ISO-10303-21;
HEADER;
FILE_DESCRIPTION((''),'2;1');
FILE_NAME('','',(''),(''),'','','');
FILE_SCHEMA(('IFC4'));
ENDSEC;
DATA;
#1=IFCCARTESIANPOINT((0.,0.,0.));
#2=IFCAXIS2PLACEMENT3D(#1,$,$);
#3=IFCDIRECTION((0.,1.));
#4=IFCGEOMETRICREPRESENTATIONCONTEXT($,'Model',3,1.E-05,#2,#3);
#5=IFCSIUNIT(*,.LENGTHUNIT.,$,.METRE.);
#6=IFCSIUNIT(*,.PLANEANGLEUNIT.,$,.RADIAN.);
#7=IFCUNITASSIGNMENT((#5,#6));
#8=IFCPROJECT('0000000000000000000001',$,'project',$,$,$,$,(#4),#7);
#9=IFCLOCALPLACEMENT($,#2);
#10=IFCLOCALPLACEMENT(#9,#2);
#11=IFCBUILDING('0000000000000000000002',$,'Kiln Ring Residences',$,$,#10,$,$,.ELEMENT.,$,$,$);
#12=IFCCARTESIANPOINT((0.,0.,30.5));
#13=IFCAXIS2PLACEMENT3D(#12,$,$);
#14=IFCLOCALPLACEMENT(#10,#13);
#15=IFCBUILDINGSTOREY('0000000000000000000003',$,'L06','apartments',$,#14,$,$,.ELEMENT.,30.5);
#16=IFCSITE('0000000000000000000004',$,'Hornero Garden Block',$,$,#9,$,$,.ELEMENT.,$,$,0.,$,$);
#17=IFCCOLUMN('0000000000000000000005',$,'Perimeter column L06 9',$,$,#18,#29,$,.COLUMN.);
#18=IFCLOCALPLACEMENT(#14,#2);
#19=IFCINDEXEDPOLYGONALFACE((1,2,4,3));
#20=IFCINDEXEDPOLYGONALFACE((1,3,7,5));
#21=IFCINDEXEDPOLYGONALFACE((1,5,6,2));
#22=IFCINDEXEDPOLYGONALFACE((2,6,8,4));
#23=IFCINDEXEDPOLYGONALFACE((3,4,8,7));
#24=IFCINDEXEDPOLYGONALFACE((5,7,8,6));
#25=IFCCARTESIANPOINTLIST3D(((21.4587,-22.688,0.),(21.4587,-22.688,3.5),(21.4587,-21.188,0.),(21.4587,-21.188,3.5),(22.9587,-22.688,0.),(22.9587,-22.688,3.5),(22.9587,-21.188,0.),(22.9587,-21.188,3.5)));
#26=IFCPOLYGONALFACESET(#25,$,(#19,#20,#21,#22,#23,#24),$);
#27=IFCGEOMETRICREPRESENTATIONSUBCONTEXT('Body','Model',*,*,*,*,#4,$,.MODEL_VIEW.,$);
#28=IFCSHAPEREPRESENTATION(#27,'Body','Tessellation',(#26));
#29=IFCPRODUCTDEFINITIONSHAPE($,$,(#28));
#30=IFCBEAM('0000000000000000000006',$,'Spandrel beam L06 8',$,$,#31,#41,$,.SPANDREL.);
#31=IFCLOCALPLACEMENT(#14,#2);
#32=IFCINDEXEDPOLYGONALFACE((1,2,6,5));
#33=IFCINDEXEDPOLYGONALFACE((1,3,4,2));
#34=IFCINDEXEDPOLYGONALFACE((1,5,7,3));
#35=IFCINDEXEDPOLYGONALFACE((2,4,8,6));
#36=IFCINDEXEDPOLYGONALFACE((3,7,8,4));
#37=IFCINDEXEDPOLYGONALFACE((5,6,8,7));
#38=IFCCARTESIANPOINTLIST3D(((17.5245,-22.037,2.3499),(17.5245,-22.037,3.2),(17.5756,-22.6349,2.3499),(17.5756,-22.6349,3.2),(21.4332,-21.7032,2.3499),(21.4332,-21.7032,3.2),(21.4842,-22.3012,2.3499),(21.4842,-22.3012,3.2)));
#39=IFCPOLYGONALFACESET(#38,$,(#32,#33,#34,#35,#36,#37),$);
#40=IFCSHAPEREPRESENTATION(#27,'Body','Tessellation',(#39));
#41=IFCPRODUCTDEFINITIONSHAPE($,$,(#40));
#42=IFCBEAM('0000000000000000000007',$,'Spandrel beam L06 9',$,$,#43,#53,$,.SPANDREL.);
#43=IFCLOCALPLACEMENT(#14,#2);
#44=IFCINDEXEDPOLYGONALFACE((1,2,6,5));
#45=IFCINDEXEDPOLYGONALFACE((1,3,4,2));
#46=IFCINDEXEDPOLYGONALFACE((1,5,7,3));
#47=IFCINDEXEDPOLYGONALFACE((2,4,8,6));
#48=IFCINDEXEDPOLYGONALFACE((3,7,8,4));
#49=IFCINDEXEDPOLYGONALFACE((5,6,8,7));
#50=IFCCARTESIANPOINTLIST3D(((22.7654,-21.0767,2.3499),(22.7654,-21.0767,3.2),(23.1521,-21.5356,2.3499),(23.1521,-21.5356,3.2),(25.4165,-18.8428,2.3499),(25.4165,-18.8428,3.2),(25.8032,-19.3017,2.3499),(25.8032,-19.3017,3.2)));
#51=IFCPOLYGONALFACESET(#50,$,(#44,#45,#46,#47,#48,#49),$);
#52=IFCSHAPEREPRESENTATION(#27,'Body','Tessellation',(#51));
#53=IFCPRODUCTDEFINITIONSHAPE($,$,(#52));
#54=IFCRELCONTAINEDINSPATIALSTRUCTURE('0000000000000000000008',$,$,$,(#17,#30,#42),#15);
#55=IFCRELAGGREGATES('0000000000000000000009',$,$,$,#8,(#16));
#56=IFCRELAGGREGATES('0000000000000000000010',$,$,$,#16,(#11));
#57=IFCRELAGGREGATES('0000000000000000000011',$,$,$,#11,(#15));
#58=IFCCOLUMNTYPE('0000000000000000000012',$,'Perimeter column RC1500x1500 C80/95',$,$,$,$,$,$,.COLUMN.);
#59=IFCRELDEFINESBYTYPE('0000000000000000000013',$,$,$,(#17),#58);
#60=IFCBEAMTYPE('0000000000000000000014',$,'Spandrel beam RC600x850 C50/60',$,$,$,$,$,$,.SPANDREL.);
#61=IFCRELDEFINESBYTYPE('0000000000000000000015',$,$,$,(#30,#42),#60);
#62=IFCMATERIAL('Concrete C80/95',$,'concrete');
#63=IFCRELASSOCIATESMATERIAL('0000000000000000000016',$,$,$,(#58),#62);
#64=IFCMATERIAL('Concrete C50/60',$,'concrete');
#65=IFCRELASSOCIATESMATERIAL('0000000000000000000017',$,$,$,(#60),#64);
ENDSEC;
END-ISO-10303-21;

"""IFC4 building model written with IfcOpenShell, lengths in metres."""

from ifc_helpers import new_model, si_unit, direction, frame, origin, origin_2d, place, context, subcontext, project, spatial, rectangle, extrude, material, material_profile, profile_set, type_object, element, save


model = new_model("IFC4")

# Units and contexts
model_context = context("Model", 3, precision=1e-05, world=origin(), true_north=direction((0.0, 1.0)))
body_context = subcontext(model_context, "Body", "Model", "MODEL_VIEW")
ifc_project = project(units=[si_unit("LENGTHUNIT", "METRE"), si_unit("PLANEANGLEUNIT", "RADIAN")], contexts=[model_context])

# Site, building, storey
site_placement = place(None, origin())
site = spatial("IfcSite", under=ifc_project, at=site_placement, Name="Hornero Garden Block", CompositionType="ELEMENT", RefElevation=0.0)
building_placement = place(site_placement, origin())
building = spatial("IfcBuilding", under=site, at=building_placement, Name="Kiln Ring Residences", CompositionType="ELEMENT")
storey_placement = place(building_placement, frame((0.0, 0.0, 30.5)))
storey = spatial("IfcBuildingStorey", under=building, at=storey_placement, Name="L06", Description="apartments", CompositionType="ELEMENT", Elevation=30.5)

# Column
ifc_material_1 = material(Name="Concrete C80/95", Category="concrete")
ifc_material_profile_1 = material_profile(ifc_material_1, rectangle(XDim=1.5, YDim=1.5, at=origin_2d()), Name="RC1500x1500")
ifc_profile_set_1 = profile_set([ifc_material_profile_1], Name="Concrete C80/95")
column_type = type_object("IfcColumnType", Name="Perimeter column RC1500x1500 C80/95", PredefinedType="COLUMN", material=ifc_profile_set_1)
column_placement = place(storey_placement, frame((22.2087, -21.938, 0.0), z_axis=(0.0, 0.0, 1.0), x_axis=(1.0, 0.0, 0.0)))
element("IfcColumn", 1, at=column_placement, inside=storey, type_object=column_type, Name="Perimeter column L06 9", PredefinedType="COLUMN", context=body_context, shape_type="SweptSolid", body=[
    extrude(rectangle(XDim=1.5, YDim=1.5, at=origin_2d()), origin(), (0.0, 0.0, 1.0), 3.5),
])

# Beams
ifc_material_2 = material(Name="Concrete C50/60", Category="concrete")
ifc_material_profile_2 = material_profile(ifc_material_2, rectangle(XDim=0.6001, YDim=0.8501, at=origin_2d()), Name="RC600x850")
ifc_profile_set_2 = profile_set([ifc_material_profile_2], Name="Concrete C50/60")
beam_type = type_object("IfcBeamType", Name="Spandrel beam RC600x850 C50/60", PredefinedType="SPANDREL", material=ifc_profile_set_2)
beam_1_placement = place(storey_placement, frame((17.55, -22.3359, 2.7749), z_axis=(0.996375, 0.085075, 0.0), x_axis=(-0.085075, 0.996375, 0.0)))
element("IfcBeam", 2, at=beam_1_placement, inside=storey, type_object=beam_type, Name="Spandrel beam L06 8", PredefinedType="SPANDREL", context=body_context, shape_type="SweptSolid", body=[
    extrude(rectangle(XDim=0.6001, YDim=0.8501, at=origin_2d()), origin(), (0.0, 0.0, 1.0), 3.9229),
])
beam_2_placement = place(storey_placement, frame((22.9587, -21.3062, 2.7749), z_axis=(0.764718, 0.644366, 0.0), x_axis=(-0.644366, 0.764718, 0.0)))
element("IfcBeam", 3, at=beam_2_placement, inside=storey, type_object=beam_type, Name="Spandrel beam L06 9", PredefinedType="SPANDREL", context=body_context, shape_type="SweptSolid", body=[
    extrude(rectangle(XDim=0.6001, YDim=0.8501, at=origin_2d()), origin(), (0.0, 0.0, 1.0), 3.4668),
])

save(model, "model.ifc")
